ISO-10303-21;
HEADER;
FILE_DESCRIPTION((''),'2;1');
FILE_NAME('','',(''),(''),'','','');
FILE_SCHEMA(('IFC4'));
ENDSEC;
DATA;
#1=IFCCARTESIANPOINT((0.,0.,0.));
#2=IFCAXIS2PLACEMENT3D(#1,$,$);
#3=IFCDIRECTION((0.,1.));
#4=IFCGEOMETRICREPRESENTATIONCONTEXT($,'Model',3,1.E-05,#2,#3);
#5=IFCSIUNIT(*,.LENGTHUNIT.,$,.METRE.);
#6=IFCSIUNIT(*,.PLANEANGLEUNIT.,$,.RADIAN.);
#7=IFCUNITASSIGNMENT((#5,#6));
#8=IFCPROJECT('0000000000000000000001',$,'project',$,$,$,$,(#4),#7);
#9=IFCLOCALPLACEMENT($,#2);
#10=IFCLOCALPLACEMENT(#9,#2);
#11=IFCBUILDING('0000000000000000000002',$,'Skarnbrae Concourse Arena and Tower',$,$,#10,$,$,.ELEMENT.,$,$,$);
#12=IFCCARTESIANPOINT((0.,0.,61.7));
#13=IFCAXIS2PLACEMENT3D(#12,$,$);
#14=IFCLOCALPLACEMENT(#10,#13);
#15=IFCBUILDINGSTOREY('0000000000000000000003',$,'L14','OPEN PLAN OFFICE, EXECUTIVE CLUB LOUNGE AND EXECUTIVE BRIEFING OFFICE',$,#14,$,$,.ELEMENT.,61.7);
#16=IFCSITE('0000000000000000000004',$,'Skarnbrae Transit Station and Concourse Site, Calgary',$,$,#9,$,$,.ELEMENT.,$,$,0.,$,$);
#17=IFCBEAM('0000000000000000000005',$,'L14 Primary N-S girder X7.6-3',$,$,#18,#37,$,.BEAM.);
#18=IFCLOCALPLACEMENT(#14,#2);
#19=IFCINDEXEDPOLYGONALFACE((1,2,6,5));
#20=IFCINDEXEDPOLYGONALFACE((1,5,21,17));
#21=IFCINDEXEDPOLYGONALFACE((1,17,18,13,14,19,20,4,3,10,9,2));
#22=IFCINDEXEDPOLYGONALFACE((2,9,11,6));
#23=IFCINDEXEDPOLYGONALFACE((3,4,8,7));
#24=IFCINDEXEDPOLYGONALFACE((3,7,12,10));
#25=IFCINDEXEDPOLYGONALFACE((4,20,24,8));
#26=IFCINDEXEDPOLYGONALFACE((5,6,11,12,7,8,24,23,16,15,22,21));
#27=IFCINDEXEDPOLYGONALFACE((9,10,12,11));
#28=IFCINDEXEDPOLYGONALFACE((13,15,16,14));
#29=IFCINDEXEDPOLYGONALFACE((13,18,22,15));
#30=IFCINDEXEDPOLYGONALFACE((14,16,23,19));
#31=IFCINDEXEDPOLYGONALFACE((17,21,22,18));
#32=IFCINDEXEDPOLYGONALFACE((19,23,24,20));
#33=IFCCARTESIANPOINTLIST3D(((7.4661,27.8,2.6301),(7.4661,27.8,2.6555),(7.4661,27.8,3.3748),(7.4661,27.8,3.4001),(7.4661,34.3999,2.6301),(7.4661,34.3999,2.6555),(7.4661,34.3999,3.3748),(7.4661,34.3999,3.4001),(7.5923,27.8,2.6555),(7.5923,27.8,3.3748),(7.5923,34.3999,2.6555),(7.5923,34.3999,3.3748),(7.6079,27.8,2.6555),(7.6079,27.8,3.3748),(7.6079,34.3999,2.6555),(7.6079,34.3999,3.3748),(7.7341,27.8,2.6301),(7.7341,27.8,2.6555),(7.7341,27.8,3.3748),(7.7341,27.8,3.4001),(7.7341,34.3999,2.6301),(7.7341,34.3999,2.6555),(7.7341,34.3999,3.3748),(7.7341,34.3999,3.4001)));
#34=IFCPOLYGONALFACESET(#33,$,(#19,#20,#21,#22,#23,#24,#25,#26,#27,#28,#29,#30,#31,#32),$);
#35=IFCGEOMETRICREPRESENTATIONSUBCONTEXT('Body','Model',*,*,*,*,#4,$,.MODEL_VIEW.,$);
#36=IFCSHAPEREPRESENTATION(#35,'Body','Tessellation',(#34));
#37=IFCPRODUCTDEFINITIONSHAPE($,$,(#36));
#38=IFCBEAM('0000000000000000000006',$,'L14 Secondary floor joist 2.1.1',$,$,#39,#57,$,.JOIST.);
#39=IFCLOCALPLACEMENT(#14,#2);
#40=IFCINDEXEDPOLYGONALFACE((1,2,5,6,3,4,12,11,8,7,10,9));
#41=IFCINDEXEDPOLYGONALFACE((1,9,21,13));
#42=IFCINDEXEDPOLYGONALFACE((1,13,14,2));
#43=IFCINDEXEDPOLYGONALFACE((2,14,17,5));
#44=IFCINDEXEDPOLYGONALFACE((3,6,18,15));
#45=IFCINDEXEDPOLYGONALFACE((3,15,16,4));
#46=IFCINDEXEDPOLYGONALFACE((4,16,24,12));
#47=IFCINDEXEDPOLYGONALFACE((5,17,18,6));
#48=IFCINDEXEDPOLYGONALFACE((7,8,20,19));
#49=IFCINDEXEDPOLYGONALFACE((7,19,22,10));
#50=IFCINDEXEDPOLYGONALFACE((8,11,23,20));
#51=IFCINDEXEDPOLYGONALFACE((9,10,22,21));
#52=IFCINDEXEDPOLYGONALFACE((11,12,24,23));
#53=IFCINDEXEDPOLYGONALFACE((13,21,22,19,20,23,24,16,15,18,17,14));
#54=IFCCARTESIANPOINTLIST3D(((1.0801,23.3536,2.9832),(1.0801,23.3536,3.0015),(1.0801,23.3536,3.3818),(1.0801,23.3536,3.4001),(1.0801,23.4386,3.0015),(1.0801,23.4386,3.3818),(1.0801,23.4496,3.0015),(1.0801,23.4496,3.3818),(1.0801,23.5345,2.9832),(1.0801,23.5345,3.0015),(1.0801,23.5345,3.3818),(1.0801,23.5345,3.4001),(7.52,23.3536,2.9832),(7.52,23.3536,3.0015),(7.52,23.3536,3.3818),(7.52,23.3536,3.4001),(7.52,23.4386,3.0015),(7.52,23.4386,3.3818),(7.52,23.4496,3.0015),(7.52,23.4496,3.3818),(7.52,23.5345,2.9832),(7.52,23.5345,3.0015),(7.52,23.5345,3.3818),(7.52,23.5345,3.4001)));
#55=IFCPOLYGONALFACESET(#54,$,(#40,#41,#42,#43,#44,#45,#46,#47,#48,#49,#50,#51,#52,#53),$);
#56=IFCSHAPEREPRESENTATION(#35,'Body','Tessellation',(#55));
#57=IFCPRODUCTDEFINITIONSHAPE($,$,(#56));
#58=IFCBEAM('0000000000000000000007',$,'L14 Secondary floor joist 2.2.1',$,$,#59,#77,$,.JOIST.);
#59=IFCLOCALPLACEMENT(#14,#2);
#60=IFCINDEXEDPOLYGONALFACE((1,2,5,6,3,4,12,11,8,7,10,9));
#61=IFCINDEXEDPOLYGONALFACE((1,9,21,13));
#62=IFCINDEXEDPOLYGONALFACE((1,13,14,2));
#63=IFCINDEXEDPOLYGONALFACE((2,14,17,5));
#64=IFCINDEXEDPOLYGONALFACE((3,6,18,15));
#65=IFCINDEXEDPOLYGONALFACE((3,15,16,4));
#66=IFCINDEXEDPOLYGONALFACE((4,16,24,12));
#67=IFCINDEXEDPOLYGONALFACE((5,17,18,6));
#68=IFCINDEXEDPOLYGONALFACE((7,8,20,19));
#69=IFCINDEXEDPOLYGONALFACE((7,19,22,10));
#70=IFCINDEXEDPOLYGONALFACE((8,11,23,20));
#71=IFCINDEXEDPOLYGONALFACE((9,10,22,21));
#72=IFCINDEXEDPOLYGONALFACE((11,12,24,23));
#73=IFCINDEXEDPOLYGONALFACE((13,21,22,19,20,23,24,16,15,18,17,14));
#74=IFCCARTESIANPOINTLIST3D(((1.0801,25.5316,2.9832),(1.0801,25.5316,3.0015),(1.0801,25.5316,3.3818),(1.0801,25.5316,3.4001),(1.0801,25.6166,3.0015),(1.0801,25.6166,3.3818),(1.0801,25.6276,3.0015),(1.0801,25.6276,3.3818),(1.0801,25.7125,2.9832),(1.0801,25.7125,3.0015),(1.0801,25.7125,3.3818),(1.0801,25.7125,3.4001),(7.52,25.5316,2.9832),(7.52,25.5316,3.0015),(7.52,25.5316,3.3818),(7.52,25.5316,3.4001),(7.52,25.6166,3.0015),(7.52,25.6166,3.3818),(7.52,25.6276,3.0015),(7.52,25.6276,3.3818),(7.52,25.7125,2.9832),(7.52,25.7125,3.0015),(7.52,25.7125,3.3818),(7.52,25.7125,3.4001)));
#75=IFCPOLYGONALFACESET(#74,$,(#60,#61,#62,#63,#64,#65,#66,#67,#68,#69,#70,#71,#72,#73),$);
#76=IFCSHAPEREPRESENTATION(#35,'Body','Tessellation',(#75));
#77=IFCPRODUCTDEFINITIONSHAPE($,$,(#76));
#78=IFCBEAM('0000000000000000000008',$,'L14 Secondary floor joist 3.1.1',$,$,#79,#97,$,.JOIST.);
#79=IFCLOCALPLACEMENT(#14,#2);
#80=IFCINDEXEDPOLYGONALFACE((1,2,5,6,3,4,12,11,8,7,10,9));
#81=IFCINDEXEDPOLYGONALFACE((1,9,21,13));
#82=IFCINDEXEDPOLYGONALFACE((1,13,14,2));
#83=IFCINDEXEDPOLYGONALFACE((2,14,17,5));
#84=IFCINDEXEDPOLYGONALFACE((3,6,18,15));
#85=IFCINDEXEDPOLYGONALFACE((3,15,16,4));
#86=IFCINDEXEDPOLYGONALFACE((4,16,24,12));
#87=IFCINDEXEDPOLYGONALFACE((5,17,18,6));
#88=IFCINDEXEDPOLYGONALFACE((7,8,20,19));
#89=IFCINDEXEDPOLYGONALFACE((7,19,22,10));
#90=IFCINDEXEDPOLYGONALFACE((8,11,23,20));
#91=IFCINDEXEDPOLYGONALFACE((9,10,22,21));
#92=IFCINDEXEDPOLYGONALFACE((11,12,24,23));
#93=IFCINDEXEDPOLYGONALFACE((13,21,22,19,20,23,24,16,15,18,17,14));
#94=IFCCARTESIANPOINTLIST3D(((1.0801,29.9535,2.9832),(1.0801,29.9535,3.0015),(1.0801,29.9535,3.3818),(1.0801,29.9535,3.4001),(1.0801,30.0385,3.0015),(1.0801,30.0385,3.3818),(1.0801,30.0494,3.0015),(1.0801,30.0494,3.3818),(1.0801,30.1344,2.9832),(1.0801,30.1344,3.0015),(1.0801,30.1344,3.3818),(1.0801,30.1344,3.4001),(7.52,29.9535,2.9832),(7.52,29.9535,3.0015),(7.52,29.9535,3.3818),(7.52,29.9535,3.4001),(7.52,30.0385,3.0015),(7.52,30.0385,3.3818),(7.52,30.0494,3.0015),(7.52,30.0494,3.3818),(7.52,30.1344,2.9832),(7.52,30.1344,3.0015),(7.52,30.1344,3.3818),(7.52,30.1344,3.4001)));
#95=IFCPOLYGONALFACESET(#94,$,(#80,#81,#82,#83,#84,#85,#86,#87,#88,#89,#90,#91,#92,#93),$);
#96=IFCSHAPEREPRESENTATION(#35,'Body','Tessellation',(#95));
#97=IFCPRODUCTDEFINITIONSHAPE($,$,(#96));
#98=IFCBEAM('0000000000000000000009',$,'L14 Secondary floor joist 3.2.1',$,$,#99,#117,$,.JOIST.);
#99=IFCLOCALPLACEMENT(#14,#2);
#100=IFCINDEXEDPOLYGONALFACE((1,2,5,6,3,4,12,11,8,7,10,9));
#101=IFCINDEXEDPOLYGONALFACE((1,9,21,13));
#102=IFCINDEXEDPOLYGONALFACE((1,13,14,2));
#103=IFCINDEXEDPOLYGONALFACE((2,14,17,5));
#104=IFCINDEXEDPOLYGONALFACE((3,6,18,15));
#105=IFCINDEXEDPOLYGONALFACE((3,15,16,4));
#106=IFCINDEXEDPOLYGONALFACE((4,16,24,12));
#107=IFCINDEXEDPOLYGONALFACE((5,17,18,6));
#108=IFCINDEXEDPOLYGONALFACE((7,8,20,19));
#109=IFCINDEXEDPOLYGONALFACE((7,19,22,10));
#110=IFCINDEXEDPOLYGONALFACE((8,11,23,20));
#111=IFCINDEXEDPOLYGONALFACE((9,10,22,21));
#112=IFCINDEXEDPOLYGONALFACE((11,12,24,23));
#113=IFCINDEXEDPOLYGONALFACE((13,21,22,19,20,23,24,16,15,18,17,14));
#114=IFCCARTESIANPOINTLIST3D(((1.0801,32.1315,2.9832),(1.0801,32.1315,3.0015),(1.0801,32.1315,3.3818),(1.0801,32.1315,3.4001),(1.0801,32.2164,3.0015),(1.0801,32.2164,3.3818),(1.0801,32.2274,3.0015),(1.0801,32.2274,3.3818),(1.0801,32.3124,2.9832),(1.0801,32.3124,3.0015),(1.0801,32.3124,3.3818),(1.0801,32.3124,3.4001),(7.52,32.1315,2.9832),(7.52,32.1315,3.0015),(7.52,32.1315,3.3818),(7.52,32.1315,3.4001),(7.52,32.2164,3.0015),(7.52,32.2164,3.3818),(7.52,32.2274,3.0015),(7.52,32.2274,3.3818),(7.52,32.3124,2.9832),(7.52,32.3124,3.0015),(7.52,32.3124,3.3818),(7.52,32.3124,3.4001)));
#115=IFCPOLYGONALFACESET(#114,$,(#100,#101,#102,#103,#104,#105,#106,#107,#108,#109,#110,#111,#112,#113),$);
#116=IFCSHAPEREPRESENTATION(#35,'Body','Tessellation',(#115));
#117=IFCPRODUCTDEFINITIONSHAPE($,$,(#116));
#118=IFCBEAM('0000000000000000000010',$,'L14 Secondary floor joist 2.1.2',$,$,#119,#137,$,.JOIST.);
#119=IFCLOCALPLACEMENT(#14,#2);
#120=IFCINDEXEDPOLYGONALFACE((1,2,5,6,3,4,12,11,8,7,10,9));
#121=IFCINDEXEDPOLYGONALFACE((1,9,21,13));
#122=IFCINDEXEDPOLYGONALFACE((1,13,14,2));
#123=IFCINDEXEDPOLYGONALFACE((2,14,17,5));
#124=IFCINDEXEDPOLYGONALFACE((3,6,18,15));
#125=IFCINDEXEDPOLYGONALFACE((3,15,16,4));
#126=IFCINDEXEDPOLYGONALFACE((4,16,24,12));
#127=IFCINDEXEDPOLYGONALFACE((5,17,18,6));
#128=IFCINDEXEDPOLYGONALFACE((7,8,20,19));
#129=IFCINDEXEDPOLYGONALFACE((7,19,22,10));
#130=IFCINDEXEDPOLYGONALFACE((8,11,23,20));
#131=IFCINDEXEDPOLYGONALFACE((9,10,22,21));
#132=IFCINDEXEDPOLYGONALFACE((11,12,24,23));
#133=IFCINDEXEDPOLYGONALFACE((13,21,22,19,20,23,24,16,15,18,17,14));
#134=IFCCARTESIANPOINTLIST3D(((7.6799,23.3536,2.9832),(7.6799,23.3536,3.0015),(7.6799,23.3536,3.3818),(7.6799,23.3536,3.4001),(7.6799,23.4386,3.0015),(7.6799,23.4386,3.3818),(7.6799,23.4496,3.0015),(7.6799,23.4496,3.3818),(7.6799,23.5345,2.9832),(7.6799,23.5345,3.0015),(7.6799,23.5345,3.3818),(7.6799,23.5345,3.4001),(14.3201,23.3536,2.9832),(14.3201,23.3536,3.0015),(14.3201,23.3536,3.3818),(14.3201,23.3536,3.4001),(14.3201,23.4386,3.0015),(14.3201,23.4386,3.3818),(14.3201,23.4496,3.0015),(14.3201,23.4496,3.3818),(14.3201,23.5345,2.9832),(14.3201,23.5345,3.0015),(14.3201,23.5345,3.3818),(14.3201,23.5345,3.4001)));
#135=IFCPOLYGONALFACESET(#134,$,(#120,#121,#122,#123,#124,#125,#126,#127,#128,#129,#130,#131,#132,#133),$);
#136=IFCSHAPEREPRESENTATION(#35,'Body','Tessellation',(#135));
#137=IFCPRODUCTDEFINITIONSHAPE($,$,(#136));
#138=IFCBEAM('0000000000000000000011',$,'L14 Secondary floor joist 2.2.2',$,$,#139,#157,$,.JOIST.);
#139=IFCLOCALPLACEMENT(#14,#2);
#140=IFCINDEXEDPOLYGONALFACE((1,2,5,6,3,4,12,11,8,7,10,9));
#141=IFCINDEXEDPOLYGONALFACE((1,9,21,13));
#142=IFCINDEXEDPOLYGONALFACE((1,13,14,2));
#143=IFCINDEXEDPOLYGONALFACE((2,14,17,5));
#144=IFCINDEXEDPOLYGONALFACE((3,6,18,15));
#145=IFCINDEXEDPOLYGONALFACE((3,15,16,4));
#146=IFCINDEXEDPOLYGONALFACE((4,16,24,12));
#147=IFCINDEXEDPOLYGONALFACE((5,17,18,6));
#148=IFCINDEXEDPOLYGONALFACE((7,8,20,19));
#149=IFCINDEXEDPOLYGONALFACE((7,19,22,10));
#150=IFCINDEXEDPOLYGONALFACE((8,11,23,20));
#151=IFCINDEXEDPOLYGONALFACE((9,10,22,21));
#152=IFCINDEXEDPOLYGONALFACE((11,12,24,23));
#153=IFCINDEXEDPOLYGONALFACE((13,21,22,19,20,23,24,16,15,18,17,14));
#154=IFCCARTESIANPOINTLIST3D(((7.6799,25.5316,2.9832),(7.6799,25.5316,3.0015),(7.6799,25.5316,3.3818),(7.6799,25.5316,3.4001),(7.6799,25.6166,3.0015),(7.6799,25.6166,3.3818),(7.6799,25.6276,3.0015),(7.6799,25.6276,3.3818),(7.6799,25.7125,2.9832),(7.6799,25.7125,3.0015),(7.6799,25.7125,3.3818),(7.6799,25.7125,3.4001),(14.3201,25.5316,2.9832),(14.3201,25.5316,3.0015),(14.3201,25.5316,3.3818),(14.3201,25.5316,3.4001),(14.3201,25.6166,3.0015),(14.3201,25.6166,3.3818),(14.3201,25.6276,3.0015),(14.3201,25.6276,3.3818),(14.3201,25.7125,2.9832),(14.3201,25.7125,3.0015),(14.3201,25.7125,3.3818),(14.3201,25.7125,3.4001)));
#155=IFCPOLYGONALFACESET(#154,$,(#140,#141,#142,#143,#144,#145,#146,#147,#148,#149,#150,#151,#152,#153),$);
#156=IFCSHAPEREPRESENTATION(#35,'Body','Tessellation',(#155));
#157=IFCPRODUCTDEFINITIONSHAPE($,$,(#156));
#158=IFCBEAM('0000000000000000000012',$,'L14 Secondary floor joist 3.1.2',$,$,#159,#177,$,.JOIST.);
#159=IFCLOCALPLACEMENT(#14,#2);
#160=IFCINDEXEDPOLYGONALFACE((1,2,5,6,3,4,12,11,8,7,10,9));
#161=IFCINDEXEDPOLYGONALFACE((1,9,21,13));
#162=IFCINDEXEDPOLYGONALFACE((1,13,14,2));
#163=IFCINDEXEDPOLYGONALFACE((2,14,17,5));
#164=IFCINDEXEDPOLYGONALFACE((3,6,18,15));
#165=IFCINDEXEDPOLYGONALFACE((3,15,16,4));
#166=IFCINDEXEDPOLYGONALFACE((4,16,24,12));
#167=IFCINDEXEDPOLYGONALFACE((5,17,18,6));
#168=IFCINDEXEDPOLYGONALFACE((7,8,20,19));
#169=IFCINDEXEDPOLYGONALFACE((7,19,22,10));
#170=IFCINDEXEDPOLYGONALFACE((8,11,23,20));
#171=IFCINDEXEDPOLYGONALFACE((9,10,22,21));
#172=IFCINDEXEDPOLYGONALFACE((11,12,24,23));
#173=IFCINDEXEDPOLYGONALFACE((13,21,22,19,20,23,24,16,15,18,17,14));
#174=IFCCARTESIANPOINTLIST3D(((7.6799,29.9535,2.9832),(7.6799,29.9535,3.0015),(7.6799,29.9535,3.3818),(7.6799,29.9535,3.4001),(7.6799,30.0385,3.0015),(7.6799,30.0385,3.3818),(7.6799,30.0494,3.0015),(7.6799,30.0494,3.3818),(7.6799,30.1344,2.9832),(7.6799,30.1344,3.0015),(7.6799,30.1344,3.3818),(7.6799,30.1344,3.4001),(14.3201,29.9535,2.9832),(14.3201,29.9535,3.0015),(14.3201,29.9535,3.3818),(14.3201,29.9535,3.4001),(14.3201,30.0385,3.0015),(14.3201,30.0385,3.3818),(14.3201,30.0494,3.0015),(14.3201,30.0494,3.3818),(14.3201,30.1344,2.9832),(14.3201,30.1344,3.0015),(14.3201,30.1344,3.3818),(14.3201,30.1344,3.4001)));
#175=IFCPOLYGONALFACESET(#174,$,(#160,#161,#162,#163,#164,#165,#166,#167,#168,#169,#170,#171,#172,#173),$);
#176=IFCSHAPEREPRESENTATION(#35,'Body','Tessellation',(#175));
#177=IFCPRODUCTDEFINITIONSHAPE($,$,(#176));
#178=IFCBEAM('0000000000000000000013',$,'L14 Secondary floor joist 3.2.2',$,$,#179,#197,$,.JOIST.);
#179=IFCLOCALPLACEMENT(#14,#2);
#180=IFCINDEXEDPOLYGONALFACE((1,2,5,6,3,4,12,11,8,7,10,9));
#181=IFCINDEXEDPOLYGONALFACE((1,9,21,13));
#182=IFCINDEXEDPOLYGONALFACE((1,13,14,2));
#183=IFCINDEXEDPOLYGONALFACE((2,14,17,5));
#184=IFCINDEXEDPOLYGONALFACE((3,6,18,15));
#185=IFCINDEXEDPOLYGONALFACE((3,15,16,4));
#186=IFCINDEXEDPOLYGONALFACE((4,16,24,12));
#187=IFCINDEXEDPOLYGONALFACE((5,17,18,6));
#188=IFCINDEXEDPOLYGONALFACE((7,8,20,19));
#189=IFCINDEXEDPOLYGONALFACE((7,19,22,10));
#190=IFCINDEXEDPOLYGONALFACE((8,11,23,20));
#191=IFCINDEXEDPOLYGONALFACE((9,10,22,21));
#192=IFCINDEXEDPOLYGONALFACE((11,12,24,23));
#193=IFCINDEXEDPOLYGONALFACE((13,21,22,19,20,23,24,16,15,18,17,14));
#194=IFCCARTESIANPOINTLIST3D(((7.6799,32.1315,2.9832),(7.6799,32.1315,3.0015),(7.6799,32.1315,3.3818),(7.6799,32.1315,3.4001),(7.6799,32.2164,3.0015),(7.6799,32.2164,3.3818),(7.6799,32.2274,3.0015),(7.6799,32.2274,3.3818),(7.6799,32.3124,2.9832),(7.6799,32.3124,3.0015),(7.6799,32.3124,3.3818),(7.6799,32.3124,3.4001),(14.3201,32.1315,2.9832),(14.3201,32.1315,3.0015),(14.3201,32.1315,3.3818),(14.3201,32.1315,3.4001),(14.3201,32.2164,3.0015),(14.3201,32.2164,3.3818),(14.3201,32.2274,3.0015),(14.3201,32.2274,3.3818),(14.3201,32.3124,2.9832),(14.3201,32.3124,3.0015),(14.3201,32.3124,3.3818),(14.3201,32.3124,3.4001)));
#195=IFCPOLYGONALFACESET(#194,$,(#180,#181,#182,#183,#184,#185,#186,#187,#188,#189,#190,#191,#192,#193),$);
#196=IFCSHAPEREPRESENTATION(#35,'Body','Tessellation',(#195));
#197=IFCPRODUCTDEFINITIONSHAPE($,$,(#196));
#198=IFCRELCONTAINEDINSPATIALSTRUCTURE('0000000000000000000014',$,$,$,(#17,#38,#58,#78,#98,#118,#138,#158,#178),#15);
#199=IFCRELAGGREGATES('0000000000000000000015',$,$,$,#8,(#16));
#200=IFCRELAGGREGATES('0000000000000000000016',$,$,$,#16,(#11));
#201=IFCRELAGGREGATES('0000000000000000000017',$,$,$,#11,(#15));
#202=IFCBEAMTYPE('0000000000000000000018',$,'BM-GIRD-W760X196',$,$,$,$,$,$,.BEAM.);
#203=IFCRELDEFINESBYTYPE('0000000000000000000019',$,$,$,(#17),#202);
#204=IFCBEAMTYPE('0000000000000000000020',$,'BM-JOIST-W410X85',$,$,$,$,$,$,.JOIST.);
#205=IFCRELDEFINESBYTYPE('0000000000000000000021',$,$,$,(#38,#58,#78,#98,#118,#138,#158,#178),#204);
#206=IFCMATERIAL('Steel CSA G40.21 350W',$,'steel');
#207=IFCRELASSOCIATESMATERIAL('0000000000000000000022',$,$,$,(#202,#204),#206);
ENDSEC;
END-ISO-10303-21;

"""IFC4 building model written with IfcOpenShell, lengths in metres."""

from ifc_helpers import new_model, si_unit, direction, frame, origin, origin_2d, place, context, subcontext, project, spatial, i_section, extrude, source, transform, mapped, material, material_profile, profile_set, type_object, element, save


model = new_model("IFC4")

# Units and contexts
model_context = context("Model", 3, precision=1e-05, world=origin(), true_north=direction((0.0, 1.0)))
body_context = subcontext(model_context, "Body", "Model", "MODEL_VIEW")
ifc_project = project(units=[si_unit("LENGTHUNIT", "METRE"), si_unit("PLANEANGLEUNIT", "RADIAN")], contexts=[model_context])

# Site, building, storey
site_placement = place(None, origin())
site = spatial("IfcSite", under=ifc_project, at=site_placement, Name="Skarnbrae Transit Station and Concourse Site, Calgary", CompositionType="ELEMENT", RefElevation=0.0)
building_placement = place(site_placement, origin())
building = spatial("IfcBuilding", under=site, at=building_placement, Name="Skarnbrae Concourse Arena and Tower", CompositionType="ELEMENT")
storey_placement = place(building_placement, frame((0.0, 0.0, 61.7)))
storey = spatial("IfcBuildingStorey", under=building, at=storey_placement, Name="L14", Description="OPEN PLAN OFFICE, EXECUTIVE CLUB LOUNGE AND EXECUTIVE BRIEFING OFFICE", CompositionType="ELEMENT", Elevation=61.7)

# Shared definitions
ifc_material_1 = material(Name="Steel CSA G40.21 350W", Category="steel")

# Beams
ifc_material_profile_1 = material_profile(ifc_material_1, i_section(OverallWidth=0.2681, OverallDepth=0.77, WebThickness=0.0156, FlangeThickness=0.0254, at=origin_2d()), Name="W760X196")
ifc_profile_set_1 = profile_set([ifc_material_profile_1], Name="Steel CSA G40.21 350W")
beam_type_1 = type_object("IfcBeamType", Name="BM-GIRD-W760X196", PredefinedType="BEAM", material=ifc_profile_set_1)
shared_shape_1 = source(origin(), body_context, "Body", "SweptSolid", [
    extrude(i_section(OverallWidth=0.2681, OverallDepth=0.77, WebThickness=0.0156, FlangeThickness=0.0254, at=origin_2d()), origin(), (0.0, 0.0, 1.0), 6.5999),
])
beam_1_placement = place(storey_placement, frame((7.6001, 27.8, 3.0151), z_axis=(0.0, 1.0, 0.0), x_axis=(-1.0, 0.0, 0.0)))
element("IfcBeam", 1, at=beam_1_placement, inside=storey, type_object=beam_type_1, Name="L14 Primary N-S girder X7.6-3", PredefinedType="BEAM", context=body_context, shape_type="MappedRepresentation", body=[
    mapped(shared_shape_1, transform((0.0, 0.0, 0.0))),
])
ifc_material_profile_2 = material_profile(ifc_material_1, i_section(OverallWidth=0.1809, OverallDepth=0.417, WebThickness=0.011, FlangeThickness=0.0183, at=origin_2d()), Name="W410X85")
ifc_profile_set_2 = profile_set([ifc_material_profile_2], Name="Steel CSA G40.21 350W")
beam_type_2 = type_object("IfcBeamType", Name="BM-JOIST-W410X85", PredefinedType="JOIST", material=ifc_profile_set_2)
shared_shape_2 = source(origin(), body_context, "Body", "SweptSolid", [
    extrude(i_section(OverallWidth=0.1809, OverallDepth=0.417, WebThickness=0.011, FlangeThickness=0.0183, at=origin_2d()), origin(), (0.0, 0.0, 1.0), 6.4399),
])
for number, where, z_axis, x_axis, name in (
    (2, (1.0801, 23.4441, 3.1917), (1.0, 0.0, 0.0), (0.0, 1.0, 0.0), "L14 Secondary floor joist 2.1.1"),
    (3, (1.0801, 25.6221, 3.1917), (1.0, 0.0, 0.0), (0.0, 1.0, 0.0), "L14 Secondary floor joist 2.2.1"),
    (4, (1.0801, 30.0439, 3.1917), (1.0, 0.0, 0.0), (0.0, 1.0, 0.0), "L14 Secondary floor joist 3.1.1"),
    (5, (1.0801, 32.2219, 3.1917), (1.0, 0.0, 0.0), (0.0, 1.0, 0.0), "L14 Secondary floor joist 3.2.1"),
):
    element("IfcBeam", number, at=place(storey_placement, frame(where, z_axis=z_axis, x_axis=x_axis)), inside=storey, type_object=beam_type_2, Name=name, PredefinedType="JOIST", context=body_context, shape_type="MappedRepresentation", body=[
        mapped(shared_shape_2, transform((0.0, 0.0, 0.0))),
    ])
shared_shape_3 = source(origin(), body_context, "Body", "SweptSolid", [
    extrude(i_section(OverallWidth=0.1809, OverallDepth=0.417, WebThickness=0.011, FlangeThickness=0.0183, at=origin_2d()), origin(), (0.0, 0.0, 1.0), 6.6401),
])
for number, where, z_axis, x_axis, name in (
    (6, (7.6799, 23.4441, 3.1917), (1.0, 0.0, 0.0), (0.0, 1.0, 0.0), "L14 Secondary floor joist 2.1.2"),
    (7, (7.6799, 25.6221, 3.1917), (1.0, 0.0, 0.0), (0.0, 1.0, 0.0), "L14 Secondary floor joist 2.2.2"),
    (8, (7.6799, 30.0439, 3.1917), (1.0, 0.0, 0.0), (0.0, 1.0, 0.0), "L14 Secondary floor joist 3.1.2"),
    (9, (7.6799, 32.2219, 3.1917), (1.0, 0.0, 0.0), (0.0, 1.0, 0.0), "L14 Secondary floor joist 3.2.2"),
):
    element("IfcBeam", number, at=place(storey_placement, frame(where, z_axis=z_axis, x_axis=x_axis)), inside=storey, type_object=beam_type_2, Name=name, PredefinedType="JOIST", context=body_context, shape_type="MappedRepresentation", body=[
        mapped(shared_shape_3, transform((0.0, 0.0, 0.0))),
    ])

save(model, "model.ifc")
